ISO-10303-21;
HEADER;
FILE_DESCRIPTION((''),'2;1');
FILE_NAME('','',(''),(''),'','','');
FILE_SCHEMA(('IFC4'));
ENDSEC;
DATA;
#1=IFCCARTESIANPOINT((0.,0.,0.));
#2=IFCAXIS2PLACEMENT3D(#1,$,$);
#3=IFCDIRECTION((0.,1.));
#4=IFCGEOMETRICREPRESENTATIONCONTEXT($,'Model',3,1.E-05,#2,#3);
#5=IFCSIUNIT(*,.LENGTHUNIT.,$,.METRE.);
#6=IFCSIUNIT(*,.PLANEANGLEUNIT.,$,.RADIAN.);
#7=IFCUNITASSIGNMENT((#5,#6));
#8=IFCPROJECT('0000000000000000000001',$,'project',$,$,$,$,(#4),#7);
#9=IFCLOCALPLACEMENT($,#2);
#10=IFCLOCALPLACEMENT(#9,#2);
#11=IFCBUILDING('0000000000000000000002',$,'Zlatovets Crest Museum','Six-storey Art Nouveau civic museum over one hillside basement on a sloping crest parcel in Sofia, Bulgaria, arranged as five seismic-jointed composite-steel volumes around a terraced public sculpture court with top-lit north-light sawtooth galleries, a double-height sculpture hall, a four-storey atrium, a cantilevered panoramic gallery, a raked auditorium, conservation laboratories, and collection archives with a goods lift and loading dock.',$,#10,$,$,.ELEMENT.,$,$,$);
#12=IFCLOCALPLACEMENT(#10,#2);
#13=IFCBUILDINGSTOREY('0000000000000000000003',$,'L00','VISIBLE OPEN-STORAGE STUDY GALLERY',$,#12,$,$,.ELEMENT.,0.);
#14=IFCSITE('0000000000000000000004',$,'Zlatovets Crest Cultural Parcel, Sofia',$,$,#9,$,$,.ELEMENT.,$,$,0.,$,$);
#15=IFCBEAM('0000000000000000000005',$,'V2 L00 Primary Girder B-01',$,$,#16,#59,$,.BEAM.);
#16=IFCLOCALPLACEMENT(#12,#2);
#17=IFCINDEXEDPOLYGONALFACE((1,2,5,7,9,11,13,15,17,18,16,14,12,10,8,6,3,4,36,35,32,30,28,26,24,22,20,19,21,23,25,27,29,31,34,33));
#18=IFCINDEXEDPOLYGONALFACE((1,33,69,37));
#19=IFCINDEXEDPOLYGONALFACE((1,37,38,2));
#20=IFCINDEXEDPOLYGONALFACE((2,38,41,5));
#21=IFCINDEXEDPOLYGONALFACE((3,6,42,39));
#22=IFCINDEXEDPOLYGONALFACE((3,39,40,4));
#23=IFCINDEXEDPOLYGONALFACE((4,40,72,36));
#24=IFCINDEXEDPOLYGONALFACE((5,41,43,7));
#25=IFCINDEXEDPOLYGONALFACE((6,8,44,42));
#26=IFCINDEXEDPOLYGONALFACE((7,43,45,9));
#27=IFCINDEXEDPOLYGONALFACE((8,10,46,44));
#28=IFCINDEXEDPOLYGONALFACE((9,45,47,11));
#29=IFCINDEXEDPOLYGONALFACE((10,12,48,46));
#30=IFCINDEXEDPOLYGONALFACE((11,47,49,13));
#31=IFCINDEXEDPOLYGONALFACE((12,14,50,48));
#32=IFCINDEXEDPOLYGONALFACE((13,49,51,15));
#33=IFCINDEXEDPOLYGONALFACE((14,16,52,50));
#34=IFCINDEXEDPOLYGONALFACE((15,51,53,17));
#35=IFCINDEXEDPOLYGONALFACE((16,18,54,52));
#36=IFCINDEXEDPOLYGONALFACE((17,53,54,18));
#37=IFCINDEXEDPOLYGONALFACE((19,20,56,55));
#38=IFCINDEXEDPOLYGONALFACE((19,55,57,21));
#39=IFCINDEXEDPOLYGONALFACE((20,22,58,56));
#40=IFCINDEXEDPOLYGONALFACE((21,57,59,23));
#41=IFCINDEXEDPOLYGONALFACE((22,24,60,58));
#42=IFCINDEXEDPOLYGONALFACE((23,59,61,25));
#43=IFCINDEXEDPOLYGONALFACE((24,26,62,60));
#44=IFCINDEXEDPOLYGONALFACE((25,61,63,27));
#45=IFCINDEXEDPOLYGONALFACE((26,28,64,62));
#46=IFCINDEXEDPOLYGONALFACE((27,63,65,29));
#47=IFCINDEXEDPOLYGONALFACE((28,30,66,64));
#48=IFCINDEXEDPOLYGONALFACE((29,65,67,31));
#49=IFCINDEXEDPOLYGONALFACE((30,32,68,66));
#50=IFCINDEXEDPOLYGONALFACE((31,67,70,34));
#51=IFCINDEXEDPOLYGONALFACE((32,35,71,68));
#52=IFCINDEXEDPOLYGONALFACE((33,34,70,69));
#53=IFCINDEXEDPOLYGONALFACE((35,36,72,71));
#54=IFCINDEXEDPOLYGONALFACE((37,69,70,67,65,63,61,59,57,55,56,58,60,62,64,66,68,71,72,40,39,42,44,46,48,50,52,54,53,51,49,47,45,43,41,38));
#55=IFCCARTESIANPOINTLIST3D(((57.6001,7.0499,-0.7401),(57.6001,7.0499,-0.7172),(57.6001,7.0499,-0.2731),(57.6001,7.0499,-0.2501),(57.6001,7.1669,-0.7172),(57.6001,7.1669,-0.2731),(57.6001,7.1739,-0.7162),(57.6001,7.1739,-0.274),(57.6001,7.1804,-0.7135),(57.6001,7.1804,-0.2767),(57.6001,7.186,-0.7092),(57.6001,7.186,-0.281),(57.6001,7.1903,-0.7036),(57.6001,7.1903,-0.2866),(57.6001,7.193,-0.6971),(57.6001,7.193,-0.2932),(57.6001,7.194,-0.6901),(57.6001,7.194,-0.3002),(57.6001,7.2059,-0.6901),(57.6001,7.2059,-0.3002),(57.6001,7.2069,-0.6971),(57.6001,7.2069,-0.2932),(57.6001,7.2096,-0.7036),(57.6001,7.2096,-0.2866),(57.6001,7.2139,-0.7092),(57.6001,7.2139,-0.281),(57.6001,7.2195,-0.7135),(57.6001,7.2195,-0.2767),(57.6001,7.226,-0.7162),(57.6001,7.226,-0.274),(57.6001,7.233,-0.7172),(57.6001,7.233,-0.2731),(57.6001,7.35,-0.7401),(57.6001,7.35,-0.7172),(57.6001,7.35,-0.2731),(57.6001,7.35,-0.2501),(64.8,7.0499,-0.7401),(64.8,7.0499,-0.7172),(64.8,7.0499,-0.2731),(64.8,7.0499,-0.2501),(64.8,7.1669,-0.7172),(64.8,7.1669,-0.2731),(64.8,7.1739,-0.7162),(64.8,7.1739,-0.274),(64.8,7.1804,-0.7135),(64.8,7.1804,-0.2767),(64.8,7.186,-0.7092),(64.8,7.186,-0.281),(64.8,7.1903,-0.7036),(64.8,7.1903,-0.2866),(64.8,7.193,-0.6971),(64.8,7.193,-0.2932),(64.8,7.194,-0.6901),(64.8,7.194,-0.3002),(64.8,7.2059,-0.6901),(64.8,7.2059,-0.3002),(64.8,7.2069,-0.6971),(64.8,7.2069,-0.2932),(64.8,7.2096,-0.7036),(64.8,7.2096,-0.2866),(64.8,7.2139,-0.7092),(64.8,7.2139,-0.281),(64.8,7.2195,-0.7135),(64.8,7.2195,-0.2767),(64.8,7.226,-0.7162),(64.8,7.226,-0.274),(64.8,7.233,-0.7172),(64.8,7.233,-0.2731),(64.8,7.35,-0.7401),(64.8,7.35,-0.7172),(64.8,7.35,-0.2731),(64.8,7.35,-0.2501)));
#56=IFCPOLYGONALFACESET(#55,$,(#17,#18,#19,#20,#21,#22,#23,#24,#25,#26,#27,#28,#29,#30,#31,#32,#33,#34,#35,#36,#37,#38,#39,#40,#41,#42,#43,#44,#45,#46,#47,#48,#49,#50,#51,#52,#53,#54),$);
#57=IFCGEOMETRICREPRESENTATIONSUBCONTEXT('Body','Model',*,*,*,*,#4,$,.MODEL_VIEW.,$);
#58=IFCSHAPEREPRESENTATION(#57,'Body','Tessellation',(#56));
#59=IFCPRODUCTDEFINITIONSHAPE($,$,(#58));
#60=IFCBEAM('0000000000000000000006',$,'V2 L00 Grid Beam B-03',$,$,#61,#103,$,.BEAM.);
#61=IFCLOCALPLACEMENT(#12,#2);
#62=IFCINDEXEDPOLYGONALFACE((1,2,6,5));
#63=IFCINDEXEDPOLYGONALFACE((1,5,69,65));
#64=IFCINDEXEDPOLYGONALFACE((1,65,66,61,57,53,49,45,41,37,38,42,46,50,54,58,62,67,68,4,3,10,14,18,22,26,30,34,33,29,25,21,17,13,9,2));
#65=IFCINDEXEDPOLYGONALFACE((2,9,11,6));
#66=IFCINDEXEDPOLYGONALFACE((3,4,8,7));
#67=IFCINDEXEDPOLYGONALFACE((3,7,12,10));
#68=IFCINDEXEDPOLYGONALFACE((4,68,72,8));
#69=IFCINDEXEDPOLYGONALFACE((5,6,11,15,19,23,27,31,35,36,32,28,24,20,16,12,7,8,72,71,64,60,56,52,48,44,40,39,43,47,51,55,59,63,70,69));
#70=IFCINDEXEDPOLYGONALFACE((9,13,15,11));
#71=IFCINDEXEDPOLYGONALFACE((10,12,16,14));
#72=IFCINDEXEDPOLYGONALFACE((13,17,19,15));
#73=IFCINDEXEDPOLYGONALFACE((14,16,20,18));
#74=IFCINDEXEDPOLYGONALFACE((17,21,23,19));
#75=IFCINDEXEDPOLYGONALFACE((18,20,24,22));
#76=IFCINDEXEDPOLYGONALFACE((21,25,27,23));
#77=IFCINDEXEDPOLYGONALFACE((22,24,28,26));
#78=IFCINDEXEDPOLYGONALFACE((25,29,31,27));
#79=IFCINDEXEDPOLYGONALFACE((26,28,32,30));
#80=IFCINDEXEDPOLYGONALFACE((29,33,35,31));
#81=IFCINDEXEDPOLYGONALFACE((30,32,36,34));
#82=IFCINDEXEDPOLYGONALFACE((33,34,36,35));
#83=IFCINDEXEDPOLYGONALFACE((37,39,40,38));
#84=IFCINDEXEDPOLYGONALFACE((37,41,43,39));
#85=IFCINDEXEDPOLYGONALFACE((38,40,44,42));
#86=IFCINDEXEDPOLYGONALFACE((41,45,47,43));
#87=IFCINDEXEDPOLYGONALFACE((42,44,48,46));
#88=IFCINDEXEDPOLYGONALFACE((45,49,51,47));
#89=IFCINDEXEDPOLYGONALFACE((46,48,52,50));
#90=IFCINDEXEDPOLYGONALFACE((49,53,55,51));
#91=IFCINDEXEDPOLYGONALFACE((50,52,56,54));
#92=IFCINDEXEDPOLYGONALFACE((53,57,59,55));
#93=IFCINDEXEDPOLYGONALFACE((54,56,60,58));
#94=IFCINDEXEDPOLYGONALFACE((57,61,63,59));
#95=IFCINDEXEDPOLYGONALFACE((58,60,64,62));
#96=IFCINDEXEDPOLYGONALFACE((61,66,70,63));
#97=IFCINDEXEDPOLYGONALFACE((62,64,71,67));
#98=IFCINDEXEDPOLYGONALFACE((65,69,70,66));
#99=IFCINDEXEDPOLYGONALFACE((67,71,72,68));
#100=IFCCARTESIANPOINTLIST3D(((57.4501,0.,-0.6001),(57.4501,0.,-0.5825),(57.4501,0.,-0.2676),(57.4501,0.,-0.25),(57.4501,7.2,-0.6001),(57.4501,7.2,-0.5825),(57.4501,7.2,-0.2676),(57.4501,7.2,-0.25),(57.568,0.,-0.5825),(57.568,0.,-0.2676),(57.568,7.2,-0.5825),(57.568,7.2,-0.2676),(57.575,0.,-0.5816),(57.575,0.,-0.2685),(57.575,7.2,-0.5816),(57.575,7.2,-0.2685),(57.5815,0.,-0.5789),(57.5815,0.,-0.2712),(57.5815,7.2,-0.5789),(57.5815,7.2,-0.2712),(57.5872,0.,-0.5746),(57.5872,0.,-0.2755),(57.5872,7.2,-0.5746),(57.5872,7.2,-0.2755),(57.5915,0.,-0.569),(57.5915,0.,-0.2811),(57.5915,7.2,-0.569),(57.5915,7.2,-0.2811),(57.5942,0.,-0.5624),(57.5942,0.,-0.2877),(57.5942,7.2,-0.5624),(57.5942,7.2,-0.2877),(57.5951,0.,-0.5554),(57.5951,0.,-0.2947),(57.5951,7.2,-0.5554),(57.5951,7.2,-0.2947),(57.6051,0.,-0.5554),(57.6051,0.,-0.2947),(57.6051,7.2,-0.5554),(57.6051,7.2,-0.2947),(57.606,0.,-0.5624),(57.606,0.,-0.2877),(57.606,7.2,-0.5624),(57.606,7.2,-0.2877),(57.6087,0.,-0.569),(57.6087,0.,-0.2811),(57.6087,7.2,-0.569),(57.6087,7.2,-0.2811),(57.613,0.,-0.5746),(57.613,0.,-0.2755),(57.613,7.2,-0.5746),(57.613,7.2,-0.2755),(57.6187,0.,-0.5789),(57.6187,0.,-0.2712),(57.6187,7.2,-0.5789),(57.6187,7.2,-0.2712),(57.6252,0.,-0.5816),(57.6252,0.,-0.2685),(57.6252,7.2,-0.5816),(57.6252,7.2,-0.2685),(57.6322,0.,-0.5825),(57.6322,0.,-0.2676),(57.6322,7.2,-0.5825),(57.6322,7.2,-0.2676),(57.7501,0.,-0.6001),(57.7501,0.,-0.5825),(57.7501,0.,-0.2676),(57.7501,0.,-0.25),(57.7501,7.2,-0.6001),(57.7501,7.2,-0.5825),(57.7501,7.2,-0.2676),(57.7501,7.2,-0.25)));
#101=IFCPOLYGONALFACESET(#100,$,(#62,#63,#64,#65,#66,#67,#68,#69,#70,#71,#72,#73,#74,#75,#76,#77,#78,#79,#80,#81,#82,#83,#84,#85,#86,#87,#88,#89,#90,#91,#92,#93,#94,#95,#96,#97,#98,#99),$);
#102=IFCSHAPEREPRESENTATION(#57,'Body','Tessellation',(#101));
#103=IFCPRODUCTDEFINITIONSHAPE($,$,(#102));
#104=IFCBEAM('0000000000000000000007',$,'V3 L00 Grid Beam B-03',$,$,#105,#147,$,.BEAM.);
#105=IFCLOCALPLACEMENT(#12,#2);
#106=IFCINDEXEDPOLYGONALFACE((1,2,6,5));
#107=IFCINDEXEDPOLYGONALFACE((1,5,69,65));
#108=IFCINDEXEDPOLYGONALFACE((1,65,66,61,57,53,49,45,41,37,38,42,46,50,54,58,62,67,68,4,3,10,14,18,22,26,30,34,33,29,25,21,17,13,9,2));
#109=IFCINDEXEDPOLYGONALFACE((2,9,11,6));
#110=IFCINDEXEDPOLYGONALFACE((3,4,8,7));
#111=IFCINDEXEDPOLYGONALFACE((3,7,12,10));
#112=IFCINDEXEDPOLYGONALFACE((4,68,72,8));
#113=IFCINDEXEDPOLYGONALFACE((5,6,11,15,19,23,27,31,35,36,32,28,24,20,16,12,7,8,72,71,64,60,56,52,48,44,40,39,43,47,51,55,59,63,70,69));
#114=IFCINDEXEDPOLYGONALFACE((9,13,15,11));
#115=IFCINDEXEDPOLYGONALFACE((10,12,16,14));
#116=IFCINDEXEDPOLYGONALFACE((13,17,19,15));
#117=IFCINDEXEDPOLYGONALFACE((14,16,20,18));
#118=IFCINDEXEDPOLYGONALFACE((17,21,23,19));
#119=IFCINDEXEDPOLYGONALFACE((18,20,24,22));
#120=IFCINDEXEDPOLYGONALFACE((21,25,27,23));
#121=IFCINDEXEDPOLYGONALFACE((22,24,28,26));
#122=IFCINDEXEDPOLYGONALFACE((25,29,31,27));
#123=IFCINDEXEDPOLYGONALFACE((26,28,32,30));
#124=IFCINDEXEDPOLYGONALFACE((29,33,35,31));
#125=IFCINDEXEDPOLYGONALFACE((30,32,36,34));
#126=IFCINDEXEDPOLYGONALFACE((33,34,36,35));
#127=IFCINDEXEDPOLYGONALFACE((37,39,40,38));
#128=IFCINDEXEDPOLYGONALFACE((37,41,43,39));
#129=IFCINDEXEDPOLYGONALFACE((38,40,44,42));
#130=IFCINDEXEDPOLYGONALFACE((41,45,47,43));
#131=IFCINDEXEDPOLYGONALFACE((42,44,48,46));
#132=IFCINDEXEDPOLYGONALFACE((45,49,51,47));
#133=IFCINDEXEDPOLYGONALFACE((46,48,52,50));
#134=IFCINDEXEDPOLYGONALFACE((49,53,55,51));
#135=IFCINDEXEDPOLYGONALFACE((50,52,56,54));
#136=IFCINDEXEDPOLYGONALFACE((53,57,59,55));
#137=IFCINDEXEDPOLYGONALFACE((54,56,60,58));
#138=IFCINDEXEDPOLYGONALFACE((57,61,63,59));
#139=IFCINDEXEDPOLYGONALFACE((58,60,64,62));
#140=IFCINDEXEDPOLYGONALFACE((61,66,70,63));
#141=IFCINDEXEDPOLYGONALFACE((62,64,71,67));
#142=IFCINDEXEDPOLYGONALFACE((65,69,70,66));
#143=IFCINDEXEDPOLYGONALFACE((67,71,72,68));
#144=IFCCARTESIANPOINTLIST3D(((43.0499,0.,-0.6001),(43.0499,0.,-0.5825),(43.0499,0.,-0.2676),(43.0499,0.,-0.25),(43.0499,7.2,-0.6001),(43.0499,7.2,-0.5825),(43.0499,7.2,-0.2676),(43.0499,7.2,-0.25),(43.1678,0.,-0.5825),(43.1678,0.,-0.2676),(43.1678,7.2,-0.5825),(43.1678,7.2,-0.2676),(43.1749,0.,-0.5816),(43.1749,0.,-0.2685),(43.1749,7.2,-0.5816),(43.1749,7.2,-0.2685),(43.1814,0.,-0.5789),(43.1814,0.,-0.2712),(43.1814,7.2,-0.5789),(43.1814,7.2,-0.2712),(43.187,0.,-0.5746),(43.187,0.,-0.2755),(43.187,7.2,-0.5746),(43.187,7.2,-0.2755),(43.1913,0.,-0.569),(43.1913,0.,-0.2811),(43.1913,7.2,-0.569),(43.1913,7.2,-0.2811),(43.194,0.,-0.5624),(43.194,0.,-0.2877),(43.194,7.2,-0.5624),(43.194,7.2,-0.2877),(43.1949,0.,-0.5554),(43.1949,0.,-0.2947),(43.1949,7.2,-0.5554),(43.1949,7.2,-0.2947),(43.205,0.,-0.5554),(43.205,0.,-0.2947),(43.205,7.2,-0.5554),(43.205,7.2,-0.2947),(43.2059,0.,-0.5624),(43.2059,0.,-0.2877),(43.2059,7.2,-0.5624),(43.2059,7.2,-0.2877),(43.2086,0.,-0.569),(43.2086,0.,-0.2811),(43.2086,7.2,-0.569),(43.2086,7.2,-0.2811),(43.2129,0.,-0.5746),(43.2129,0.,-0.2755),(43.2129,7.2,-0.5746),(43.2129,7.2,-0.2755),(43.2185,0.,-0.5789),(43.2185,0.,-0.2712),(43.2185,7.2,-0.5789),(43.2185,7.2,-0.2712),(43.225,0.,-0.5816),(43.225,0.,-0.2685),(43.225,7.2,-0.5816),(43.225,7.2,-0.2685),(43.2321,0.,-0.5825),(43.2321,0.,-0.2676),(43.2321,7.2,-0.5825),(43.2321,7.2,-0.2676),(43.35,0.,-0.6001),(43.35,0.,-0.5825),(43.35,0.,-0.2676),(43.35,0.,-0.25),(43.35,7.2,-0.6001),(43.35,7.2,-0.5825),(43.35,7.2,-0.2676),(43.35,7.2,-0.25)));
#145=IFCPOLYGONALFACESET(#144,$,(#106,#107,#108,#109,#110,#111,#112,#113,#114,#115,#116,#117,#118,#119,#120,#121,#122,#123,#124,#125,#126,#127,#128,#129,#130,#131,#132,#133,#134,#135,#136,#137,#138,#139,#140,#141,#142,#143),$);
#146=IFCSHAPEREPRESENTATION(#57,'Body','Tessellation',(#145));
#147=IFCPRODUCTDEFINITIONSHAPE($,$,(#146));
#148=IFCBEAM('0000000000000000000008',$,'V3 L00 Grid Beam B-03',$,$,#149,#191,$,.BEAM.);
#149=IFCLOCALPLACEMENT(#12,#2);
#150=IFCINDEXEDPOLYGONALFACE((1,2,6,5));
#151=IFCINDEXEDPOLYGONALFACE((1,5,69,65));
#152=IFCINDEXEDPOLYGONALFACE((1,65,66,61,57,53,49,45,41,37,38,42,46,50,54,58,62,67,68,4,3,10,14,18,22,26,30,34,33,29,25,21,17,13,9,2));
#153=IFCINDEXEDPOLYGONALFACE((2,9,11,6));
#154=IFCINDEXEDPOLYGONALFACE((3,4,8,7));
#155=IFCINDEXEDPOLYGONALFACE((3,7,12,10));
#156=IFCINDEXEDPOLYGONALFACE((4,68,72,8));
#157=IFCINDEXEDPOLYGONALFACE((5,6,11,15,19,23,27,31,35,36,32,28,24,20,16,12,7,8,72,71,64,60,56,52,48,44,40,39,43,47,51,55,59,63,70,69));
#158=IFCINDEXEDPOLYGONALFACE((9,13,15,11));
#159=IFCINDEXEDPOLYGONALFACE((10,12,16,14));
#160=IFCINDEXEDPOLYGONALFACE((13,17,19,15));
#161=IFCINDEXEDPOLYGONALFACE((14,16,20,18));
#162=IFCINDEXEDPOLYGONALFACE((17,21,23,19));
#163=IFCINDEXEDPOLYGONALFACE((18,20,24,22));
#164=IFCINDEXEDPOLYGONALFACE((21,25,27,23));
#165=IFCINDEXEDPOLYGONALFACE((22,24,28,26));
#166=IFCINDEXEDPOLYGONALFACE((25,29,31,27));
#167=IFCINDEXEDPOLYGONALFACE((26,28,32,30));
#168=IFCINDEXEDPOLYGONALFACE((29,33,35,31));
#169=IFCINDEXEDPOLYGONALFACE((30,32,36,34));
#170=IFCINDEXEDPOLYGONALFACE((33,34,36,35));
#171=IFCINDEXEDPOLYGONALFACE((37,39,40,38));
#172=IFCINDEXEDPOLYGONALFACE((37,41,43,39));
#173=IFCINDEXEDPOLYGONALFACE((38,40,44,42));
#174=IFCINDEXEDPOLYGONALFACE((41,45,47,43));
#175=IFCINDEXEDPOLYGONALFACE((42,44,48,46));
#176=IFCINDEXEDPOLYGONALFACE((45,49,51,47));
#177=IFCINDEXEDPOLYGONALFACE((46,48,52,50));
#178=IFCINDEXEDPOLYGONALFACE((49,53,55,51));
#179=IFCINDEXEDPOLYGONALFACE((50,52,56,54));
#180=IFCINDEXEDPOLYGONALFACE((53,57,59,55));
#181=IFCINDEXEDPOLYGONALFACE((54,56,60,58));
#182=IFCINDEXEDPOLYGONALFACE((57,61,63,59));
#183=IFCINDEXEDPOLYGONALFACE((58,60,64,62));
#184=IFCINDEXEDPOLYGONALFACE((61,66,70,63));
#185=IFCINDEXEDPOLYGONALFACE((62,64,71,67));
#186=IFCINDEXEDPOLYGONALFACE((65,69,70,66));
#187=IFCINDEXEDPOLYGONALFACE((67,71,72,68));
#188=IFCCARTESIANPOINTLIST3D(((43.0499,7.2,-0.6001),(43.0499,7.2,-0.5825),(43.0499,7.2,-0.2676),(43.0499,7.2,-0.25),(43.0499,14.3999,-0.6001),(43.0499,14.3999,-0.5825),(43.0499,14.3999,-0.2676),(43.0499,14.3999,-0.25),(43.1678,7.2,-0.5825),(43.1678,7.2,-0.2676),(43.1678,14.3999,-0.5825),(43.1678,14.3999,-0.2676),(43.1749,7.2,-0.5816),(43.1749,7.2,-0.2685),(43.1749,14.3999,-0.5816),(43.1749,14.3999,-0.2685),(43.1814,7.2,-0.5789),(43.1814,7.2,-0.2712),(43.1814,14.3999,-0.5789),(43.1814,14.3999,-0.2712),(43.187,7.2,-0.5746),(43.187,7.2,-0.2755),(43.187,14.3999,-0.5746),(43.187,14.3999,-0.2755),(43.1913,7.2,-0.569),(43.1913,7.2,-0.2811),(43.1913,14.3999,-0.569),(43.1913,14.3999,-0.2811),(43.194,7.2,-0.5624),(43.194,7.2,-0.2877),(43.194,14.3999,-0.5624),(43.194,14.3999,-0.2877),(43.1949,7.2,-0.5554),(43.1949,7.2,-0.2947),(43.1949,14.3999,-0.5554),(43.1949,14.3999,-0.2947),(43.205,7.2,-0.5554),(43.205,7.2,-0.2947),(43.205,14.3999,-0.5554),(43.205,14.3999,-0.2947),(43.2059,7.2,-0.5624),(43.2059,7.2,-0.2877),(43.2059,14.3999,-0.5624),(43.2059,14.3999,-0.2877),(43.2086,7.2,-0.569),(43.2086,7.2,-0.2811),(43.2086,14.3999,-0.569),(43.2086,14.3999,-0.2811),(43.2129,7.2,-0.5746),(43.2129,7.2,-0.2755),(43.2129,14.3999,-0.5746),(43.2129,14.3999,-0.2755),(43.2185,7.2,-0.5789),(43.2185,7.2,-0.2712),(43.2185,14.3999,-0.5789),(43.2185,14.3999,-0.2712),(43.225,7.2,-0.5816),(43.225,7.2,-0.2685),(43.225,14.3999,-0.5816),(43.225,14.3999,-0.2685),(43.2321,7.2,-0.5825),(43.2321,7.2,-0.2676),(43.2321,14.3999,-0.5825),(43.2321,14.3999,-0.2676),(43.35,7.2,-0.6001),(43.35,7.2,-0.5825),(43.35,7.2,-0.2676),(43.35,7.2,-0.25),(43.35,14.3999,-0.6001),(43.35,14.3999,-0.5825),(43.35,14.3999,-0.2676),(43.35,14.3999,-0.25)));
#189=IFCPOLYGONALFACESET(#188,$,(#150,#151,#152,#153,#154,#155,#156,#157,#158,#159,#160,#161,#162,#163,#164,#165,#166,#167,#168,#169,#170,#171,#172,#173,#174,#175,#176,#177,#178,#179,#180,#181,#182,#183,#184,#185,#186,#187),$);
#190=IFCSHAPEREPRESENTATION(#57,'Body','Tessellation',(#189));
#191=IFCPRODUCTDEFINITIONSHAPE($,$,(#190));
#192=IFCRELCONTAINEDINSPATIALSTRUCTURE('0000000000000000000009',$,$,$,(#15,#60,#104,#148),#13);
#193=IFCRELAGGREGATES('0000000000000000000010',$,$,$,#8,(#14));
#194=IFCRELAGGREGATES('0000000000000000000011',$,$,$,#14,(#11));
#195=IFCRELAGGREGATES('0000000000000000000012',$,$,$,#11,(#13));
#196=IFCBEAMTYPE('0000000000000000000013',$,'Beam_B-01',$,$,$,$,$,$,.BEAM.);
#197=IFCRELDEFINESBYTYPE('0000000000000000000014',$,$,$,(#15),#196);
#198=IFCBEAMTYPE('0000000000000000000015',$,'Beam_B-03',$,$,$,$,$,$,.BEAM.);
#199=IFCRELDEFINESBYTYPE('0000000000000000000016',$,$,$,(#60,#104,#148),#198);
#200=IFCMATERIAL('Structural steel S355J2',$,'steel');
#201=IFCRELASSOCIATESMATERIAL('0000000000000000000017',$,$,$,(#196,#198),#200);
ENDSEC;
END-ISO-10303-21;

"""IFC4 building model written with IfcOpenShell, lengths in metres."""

from ifc_helpers import new_model, si_unit, direction, frame, origin, origin_2d, place, context, subcontext, project, spatial, i_section, extrude, material, material_profile, profile_set, type_object, element, save


model = new_model("IFC4")

# Units and contexts
model_context = context("Model", 3, precision=1e-05, world=origin(), true_north=direction((0.0, 1.0)))
body_context = subcontext(model_context, "Body", "Model", "MODEL_VIEW")
ifc_project = project(units=[si_unit("LENGTHUNIT", "METRE"), si_unit("PLANEANGLEUNIT", "RADIAN")], contexts=[model_context])

# Site, building, storey
site_placement = place(None, origin())
site = spatial("IfcSite", under=ifc_project, at=site_placement, Name="Zlatovets Crest Cultural Parcel, Sofia", CompositionType="ELEMENT", RefElevation=0.0)
building_placement = place(site_placement, origin())
building = spatial("IfcBuilding", under=site, at=building_placement, Name="Zlatovets Crest Museum", Description="Six-storey Art Nouveau civic museum over one hillside basement on a sloping crest parcel in Sofia, Bulgaria, arranged as five seismic-jointed composite-steel volumes around a terraced public sculpture court with top-lit north-light sawtooth galleries, a double-height sculpture hall, a four-storey atrium, a cantilevered panoramic gallery, a raked auditorium, conservation laboratories, and collection archives with a goods lift and loading dock.", CompositionType="ELEMENT")
storey_placement = place(building_placement, origin())
storey = spatial("IfcBuildingStorey", under=building, at=storey_placement, Name="L00", Description="VISIBLE OPEN-STORAGE STUDY GALLERY", CompositionType="ELEMENT", Elevation=0.0)

# Shared definitions
ifc_material_1 = material(Name="Structural steel S355J2", Category="steel")

# Beams
ifc_material_profile_1 = material_profile(ifc_material_1, i_section(OverallWidth=0.3, OverallDepth=0.49, WebThickness=0.012, FlangeThickness=0.0229, FilletRadius=0.0271, at=origin_2d()), Name="HEA 500")
ifc_profile_set_1 = profile_set([ifc_material_profile_1], Name="Structural steel S355J2")
beam_type_1 = type_object("IfcBeamType", Name="Beam_B-01", PredefinedType="BEAM", material=ifc_profile_set_1)
for number, where, z_axis, x_axis, name in (
    (1, (57.6001, 7.2, -0.4951), (1.0, 0.0, 0.0), (0.0, 1.0, 0.0), "V2 L00 Primary Girder B-01"),
):
    element("IfcBeam", number, at=place(storey_placement, frame(where, z_axis=z_axis, x_axis=x_axis)), inside=storey, type_object=beam_type_1, Name=name, PredefinedType="BEAM", context=body_context, shape_type="SweptSolid", body=[
        extrude(i_section(OverallWidth=0.3, OverallDepth=0.49, WebThickness=0.012, FlangeThickness=0.0229, FilletRadius=0.0271, at=origin_2d()), origin(), (0.0, 0.0, 1.0), 7.2),
    ])
ifc_material_profile_2 = material_profile(ifc_material_1, i_section(OverallWidth=0.3, OverallDepth=0.3501, WebThickness=0.01, FlangeThickness=0.0176, FilletRadius=0.0271, at=origin_2d()), Name="HEA 360")
ifc_profile_set_2 = profile_set([ifc_material_profile_2], Name="Structural steel S355J2")
beam_type_2 = type_object("IfcBeamType", Name="Beam_B-03", PredefinedType="BEAM", material=ifc_profile_set_2)
for number, where, z_axis, x_axis, name in (
    (2, (57.6001, 0.0, -0.425), (0.0, 1.0, 0.0), (-1.0, 0.0, 0.0), "V2 L00 Grid Beam B-03"),
    (3, (43.2, 0.0, -0.425), (0.0, 1.0, 0.0), (-1.0, 0.0, 0.0), "V3 L00 Grid Beam B-03"),
    (4, (43.2, 7.2, -0.425), (0.0, 1.0, 0.0), (-1.0, 0.0, 0.0), "V3 L00 Grid Beam B-03"),
):
    element("IfcBeam", number, at=place(storey_placement, frame(where, z_axis=z_axis, x_axis=x_axis)), inside=storey, type_object=beam_type_2, Name=name, PredefinedType="BEAM", context=body_context, shape_type="SweptSolid", body=[
        extrude(i_section(OverallWidth=0.3, OverallDepth=0.3501, WebThickness=0.01, FlangeThickness=0.0176, FilletRadius=0.0271, at=origin_2d()), origin(), (0.0, 0.0, 1.0), 7.2),
    ])

save(model, "model.ifc")
